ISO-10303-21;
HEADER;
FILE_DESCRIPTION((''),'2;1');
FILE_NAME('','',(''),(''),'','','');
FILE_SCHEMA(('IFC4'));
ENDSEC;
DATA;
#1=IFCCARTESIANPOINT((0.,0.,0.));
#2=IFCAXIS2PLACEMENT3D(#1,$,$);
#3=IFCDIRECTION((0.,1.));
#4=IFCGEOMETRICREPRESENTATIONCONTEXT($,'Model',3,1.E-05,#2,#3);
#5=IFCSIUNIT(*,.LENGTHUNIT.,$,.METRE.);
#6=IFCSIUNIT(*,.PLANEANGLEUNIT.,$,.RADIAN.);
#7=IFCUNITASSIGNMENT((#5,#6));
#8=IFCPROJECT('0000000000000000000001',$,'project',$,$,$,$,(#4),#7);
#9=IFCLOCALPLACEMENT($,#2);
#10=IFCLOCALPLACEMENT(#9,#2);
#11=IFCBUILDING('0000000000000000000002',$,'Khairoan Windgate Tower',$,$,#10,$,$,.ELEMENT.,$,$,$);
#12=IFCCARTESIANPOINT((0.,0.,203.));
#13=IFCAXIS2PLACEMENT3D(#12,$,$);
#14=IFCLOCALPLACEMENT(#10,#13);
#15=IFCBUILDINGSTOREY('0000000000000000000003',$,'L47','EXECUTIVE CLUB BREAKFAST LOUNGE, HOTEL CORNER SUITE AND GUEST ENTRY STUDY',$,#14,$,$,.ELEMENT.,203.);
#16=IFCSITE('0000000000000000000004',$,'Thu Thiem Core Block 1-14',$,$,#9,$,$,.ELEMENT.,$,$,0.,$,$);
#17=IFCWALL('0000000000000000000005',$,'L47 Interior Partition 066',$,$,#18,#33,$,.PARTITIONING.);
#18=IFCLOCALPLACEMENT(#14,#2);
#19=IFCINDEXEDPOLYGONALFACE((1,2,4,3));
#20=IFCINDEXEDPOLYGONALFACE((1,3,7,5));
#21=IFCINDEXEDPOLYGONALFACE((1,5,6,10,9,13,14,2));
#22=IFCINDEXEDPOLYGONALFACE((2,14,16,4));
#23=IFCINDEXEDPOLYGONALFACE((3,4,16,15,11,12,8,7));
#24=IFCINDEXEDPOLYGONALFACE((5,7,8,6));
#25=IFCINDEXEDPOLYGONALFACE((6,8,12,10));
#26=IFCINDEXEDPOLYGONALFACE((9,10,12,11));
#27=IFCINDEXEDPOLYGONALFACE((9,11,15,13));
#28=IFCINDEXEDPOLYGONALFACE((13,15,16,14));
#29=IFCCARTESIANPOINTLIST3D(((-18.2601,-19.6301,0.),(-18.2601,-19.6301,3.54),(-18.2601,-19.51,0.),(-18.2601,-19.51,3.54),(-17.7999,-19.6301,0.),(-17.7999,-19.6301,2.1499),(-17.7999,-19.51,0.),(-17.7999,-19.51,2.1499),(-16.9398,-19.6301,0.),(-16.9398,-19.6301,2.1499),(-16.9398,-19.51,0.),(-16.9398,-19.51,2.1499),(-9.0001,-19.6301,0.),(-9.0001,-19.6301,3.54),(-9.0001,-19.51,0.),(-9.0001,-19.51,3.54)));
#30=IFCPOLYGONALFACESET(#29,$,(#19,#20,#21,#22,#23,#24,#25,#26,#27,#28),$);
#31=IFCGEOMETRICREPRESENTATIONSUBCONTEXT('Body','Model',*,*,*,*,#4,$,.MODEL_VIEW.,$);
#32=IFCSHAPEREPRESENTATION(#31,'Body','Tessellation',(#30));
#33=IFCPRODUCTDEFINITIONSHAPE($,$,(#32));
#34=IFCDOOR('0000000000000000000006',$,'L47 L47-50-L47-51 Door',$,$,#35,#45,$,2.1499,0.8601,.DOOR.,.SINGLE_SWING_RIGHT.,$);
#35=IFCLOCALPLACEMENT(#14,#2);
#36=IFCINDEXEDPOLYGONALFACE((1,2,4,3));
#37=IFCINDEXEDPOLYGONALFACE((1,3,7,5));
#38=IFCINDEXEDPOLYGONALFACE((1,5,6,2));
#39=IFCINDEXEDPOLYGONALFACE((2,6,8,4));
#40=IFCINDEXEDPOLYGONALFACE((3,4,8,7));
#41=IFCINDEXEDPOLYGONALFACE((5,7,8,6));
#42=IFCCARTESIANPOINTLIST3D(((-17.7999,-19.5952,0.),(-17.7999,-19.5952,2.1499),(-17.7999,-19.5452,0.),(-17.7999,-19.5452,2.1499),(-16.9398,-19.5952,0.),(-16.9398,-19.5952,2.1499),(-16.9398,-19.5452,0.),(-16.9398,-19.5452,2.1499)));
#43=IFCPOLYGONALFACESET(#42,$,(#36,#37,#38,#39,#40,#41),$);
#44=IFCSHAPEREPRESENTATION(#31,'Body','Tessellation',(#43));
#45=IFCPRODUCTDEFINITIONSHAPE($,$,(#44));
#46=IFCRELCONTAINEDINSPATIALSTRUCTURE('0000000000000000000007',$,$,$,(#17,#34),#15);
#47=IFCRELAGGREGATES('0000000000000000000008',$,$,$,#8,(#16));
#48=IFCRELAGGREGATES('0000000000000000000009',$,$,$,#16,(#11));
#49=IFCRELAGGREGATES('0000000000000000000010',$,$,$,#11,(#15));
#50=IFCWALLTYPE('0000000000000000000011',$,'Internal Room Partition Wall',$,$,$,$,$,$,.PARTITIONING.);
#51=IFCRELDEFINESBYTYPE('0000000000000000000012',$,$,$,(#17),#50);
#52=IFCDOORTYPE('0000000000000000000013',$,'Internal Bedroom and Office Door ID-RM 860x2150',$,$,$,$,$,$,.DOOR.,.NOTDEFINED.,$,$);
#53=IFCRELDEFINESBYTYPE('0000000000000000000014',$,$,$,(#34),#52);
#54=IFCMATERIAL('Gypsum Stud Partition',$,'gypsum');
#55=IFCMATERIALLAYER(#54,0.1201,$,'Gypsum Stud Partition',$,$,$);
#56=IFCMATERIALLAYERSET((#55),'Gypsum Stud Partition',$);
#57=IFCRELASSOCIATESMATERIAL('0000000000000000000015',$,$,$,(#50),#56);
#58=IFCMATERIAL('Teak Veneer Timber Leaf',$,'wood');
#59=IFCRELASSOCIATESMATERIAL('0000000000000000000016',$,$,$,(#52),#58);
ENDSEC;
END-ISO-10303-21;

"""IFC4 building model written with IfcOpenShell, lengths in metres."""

from ifc_helpers import new_model, si_unit, direction, frame, frame_2d, origin, place, context, subcontext, project, spatial, rectangle, extrude, material, layer, layer_set, type_object, element, fill, save


model = new_model("IFC4")

# Units and contexts
model_context = context("Model", 3, precision=1e-05, world=origin(), true_north=direction((0.0, 1.0)))
body_context = subcontext(model_context, "Body", "Model", "MODEL_VIEW")
ifc_project = project(units=[si_unit("LENGTHUNIT", "METRE"), si_unit("PLANEANGLEUNIT", "RADIAN")], contexts=[model_context])

# Site, building, storey
site_placement = place(None, origin())
site = spatial("IfcSite", under=ifc_project, at=site_placement, Name="Thu Thiem Core Block 1-14", CompositionType="ELEMENT", RefElevation=0.0)
building_placement = place(site_placement, origin())
building = spatial("IfcBuilding", under=site, at=building_placement, Name="Khairoan Windgate Tower", CompositionType="ELEMENT")
storey_placement = place(building_placement, frame((0.0, 0.0, 203.0)))
storey = spatial("IfcBuildingStorey", under=building, at=storey_placement, Name="L47", Description="EXECUTIVE CLUB BREAKFAST LOUNGE, HOTEL CORNER SUITE AND GUEST ENTRY STUDY", CompositionType="ELEMENT", Elevation=203.0)

# Wall, opening, door
ifc_material_1 = material(Name="Gypsum Stud Partition", Category="gypsum")
ifc_layer_1 = layer(ifc_material_1, 0.1201, Name="Gypsum Stud Partition")
ifc_layer_set_1 = layer_set([ifc_layer_1], Name="Gypsum Stud Partition")
wall_type_1 = type_object("IfcWallType", Name="Internal Room Partition Wall", PredefinedType="PARTITIONING", material=ifc_layer_set_1)
wall_1_placement = place(storey_placement, frame((-18.26, -19.5701, 0.0), z_axis=(0.0, 0.0, 1.0), x_axis=(1.0, 0.0, 0.0)))
wall_1 = element("IfcWall", 1, at=wall_1_placement, inside=storey, type_object=wall_type_1, Name="L47 Interior Partition 066", PredefinedType="PARTITIONING", context=body_context, shape_type="SweptSolid", body=[
    extrude(rectangle(XDim=9.26, YDim=0.1201, at=frame_2d((4.6299, 0.0))), origin(), (0.0, 0.0, 1.0), 3.54),
])
opening_1_placement = place(wall_1_placement, frame((0.46, 0.0, 0.0)))
opening_1 = element("IfcOpeningElement", 2, at=opening_1_placement, cuts=wall_1, PredefinedType="OPENING", context=body_context, shape_type="SweptSolid", body=[
    extrude(rectangle(XDim=0.8601, YDim=2.1499, at=frame_2d((0.4302, 1.075))), frame((0.0, 0.0701, 0.0), z_axis=(0.0, -1.0, 0.0), x_axis=(1.0, 0.0, 0.0)), (0.0, 0.0, 1.0), 0.1401),
])
ifc_material_2 = material(Name="Teak Veneer Timber Leaf", Category="wood")
door_type_1 = type_object("IfcDoorType", Name="Internal Bedroom and Office Door ID-RM 860x2150", OperationType="NOTDEFINED", PredefinedType="DOOR", material=ifc_material_2)
door_1_placement = place(opening_1_placement, origin())
door_1 = element("IfcDoor", 3, at=door_1_placement, inside=storey, type_object=door_type_1, Name="L47 L47-50-L47-51 Door", OperationType="SINGLE_SWING_RIGHT", OverallHeight=2.1499, OverallWidth=0.8601, PredefinedType="DOOR", context=body_context, shape_type="SweptSolid", body=[
    extrude(rectangle(XDim=0.8601, YDim=2.1499, at=frame_2d((0.4302, 1.075))), frame((0.0, 0.0249, 0.0), z_axis=(0.0, -1.0, 0.0), x_axis=(1.0, 0.0, 0.0)), (0.0, 0.0, 1.0), 0.05),
])
fill(opening_1, door_1)

save(model, "model.ifc")
